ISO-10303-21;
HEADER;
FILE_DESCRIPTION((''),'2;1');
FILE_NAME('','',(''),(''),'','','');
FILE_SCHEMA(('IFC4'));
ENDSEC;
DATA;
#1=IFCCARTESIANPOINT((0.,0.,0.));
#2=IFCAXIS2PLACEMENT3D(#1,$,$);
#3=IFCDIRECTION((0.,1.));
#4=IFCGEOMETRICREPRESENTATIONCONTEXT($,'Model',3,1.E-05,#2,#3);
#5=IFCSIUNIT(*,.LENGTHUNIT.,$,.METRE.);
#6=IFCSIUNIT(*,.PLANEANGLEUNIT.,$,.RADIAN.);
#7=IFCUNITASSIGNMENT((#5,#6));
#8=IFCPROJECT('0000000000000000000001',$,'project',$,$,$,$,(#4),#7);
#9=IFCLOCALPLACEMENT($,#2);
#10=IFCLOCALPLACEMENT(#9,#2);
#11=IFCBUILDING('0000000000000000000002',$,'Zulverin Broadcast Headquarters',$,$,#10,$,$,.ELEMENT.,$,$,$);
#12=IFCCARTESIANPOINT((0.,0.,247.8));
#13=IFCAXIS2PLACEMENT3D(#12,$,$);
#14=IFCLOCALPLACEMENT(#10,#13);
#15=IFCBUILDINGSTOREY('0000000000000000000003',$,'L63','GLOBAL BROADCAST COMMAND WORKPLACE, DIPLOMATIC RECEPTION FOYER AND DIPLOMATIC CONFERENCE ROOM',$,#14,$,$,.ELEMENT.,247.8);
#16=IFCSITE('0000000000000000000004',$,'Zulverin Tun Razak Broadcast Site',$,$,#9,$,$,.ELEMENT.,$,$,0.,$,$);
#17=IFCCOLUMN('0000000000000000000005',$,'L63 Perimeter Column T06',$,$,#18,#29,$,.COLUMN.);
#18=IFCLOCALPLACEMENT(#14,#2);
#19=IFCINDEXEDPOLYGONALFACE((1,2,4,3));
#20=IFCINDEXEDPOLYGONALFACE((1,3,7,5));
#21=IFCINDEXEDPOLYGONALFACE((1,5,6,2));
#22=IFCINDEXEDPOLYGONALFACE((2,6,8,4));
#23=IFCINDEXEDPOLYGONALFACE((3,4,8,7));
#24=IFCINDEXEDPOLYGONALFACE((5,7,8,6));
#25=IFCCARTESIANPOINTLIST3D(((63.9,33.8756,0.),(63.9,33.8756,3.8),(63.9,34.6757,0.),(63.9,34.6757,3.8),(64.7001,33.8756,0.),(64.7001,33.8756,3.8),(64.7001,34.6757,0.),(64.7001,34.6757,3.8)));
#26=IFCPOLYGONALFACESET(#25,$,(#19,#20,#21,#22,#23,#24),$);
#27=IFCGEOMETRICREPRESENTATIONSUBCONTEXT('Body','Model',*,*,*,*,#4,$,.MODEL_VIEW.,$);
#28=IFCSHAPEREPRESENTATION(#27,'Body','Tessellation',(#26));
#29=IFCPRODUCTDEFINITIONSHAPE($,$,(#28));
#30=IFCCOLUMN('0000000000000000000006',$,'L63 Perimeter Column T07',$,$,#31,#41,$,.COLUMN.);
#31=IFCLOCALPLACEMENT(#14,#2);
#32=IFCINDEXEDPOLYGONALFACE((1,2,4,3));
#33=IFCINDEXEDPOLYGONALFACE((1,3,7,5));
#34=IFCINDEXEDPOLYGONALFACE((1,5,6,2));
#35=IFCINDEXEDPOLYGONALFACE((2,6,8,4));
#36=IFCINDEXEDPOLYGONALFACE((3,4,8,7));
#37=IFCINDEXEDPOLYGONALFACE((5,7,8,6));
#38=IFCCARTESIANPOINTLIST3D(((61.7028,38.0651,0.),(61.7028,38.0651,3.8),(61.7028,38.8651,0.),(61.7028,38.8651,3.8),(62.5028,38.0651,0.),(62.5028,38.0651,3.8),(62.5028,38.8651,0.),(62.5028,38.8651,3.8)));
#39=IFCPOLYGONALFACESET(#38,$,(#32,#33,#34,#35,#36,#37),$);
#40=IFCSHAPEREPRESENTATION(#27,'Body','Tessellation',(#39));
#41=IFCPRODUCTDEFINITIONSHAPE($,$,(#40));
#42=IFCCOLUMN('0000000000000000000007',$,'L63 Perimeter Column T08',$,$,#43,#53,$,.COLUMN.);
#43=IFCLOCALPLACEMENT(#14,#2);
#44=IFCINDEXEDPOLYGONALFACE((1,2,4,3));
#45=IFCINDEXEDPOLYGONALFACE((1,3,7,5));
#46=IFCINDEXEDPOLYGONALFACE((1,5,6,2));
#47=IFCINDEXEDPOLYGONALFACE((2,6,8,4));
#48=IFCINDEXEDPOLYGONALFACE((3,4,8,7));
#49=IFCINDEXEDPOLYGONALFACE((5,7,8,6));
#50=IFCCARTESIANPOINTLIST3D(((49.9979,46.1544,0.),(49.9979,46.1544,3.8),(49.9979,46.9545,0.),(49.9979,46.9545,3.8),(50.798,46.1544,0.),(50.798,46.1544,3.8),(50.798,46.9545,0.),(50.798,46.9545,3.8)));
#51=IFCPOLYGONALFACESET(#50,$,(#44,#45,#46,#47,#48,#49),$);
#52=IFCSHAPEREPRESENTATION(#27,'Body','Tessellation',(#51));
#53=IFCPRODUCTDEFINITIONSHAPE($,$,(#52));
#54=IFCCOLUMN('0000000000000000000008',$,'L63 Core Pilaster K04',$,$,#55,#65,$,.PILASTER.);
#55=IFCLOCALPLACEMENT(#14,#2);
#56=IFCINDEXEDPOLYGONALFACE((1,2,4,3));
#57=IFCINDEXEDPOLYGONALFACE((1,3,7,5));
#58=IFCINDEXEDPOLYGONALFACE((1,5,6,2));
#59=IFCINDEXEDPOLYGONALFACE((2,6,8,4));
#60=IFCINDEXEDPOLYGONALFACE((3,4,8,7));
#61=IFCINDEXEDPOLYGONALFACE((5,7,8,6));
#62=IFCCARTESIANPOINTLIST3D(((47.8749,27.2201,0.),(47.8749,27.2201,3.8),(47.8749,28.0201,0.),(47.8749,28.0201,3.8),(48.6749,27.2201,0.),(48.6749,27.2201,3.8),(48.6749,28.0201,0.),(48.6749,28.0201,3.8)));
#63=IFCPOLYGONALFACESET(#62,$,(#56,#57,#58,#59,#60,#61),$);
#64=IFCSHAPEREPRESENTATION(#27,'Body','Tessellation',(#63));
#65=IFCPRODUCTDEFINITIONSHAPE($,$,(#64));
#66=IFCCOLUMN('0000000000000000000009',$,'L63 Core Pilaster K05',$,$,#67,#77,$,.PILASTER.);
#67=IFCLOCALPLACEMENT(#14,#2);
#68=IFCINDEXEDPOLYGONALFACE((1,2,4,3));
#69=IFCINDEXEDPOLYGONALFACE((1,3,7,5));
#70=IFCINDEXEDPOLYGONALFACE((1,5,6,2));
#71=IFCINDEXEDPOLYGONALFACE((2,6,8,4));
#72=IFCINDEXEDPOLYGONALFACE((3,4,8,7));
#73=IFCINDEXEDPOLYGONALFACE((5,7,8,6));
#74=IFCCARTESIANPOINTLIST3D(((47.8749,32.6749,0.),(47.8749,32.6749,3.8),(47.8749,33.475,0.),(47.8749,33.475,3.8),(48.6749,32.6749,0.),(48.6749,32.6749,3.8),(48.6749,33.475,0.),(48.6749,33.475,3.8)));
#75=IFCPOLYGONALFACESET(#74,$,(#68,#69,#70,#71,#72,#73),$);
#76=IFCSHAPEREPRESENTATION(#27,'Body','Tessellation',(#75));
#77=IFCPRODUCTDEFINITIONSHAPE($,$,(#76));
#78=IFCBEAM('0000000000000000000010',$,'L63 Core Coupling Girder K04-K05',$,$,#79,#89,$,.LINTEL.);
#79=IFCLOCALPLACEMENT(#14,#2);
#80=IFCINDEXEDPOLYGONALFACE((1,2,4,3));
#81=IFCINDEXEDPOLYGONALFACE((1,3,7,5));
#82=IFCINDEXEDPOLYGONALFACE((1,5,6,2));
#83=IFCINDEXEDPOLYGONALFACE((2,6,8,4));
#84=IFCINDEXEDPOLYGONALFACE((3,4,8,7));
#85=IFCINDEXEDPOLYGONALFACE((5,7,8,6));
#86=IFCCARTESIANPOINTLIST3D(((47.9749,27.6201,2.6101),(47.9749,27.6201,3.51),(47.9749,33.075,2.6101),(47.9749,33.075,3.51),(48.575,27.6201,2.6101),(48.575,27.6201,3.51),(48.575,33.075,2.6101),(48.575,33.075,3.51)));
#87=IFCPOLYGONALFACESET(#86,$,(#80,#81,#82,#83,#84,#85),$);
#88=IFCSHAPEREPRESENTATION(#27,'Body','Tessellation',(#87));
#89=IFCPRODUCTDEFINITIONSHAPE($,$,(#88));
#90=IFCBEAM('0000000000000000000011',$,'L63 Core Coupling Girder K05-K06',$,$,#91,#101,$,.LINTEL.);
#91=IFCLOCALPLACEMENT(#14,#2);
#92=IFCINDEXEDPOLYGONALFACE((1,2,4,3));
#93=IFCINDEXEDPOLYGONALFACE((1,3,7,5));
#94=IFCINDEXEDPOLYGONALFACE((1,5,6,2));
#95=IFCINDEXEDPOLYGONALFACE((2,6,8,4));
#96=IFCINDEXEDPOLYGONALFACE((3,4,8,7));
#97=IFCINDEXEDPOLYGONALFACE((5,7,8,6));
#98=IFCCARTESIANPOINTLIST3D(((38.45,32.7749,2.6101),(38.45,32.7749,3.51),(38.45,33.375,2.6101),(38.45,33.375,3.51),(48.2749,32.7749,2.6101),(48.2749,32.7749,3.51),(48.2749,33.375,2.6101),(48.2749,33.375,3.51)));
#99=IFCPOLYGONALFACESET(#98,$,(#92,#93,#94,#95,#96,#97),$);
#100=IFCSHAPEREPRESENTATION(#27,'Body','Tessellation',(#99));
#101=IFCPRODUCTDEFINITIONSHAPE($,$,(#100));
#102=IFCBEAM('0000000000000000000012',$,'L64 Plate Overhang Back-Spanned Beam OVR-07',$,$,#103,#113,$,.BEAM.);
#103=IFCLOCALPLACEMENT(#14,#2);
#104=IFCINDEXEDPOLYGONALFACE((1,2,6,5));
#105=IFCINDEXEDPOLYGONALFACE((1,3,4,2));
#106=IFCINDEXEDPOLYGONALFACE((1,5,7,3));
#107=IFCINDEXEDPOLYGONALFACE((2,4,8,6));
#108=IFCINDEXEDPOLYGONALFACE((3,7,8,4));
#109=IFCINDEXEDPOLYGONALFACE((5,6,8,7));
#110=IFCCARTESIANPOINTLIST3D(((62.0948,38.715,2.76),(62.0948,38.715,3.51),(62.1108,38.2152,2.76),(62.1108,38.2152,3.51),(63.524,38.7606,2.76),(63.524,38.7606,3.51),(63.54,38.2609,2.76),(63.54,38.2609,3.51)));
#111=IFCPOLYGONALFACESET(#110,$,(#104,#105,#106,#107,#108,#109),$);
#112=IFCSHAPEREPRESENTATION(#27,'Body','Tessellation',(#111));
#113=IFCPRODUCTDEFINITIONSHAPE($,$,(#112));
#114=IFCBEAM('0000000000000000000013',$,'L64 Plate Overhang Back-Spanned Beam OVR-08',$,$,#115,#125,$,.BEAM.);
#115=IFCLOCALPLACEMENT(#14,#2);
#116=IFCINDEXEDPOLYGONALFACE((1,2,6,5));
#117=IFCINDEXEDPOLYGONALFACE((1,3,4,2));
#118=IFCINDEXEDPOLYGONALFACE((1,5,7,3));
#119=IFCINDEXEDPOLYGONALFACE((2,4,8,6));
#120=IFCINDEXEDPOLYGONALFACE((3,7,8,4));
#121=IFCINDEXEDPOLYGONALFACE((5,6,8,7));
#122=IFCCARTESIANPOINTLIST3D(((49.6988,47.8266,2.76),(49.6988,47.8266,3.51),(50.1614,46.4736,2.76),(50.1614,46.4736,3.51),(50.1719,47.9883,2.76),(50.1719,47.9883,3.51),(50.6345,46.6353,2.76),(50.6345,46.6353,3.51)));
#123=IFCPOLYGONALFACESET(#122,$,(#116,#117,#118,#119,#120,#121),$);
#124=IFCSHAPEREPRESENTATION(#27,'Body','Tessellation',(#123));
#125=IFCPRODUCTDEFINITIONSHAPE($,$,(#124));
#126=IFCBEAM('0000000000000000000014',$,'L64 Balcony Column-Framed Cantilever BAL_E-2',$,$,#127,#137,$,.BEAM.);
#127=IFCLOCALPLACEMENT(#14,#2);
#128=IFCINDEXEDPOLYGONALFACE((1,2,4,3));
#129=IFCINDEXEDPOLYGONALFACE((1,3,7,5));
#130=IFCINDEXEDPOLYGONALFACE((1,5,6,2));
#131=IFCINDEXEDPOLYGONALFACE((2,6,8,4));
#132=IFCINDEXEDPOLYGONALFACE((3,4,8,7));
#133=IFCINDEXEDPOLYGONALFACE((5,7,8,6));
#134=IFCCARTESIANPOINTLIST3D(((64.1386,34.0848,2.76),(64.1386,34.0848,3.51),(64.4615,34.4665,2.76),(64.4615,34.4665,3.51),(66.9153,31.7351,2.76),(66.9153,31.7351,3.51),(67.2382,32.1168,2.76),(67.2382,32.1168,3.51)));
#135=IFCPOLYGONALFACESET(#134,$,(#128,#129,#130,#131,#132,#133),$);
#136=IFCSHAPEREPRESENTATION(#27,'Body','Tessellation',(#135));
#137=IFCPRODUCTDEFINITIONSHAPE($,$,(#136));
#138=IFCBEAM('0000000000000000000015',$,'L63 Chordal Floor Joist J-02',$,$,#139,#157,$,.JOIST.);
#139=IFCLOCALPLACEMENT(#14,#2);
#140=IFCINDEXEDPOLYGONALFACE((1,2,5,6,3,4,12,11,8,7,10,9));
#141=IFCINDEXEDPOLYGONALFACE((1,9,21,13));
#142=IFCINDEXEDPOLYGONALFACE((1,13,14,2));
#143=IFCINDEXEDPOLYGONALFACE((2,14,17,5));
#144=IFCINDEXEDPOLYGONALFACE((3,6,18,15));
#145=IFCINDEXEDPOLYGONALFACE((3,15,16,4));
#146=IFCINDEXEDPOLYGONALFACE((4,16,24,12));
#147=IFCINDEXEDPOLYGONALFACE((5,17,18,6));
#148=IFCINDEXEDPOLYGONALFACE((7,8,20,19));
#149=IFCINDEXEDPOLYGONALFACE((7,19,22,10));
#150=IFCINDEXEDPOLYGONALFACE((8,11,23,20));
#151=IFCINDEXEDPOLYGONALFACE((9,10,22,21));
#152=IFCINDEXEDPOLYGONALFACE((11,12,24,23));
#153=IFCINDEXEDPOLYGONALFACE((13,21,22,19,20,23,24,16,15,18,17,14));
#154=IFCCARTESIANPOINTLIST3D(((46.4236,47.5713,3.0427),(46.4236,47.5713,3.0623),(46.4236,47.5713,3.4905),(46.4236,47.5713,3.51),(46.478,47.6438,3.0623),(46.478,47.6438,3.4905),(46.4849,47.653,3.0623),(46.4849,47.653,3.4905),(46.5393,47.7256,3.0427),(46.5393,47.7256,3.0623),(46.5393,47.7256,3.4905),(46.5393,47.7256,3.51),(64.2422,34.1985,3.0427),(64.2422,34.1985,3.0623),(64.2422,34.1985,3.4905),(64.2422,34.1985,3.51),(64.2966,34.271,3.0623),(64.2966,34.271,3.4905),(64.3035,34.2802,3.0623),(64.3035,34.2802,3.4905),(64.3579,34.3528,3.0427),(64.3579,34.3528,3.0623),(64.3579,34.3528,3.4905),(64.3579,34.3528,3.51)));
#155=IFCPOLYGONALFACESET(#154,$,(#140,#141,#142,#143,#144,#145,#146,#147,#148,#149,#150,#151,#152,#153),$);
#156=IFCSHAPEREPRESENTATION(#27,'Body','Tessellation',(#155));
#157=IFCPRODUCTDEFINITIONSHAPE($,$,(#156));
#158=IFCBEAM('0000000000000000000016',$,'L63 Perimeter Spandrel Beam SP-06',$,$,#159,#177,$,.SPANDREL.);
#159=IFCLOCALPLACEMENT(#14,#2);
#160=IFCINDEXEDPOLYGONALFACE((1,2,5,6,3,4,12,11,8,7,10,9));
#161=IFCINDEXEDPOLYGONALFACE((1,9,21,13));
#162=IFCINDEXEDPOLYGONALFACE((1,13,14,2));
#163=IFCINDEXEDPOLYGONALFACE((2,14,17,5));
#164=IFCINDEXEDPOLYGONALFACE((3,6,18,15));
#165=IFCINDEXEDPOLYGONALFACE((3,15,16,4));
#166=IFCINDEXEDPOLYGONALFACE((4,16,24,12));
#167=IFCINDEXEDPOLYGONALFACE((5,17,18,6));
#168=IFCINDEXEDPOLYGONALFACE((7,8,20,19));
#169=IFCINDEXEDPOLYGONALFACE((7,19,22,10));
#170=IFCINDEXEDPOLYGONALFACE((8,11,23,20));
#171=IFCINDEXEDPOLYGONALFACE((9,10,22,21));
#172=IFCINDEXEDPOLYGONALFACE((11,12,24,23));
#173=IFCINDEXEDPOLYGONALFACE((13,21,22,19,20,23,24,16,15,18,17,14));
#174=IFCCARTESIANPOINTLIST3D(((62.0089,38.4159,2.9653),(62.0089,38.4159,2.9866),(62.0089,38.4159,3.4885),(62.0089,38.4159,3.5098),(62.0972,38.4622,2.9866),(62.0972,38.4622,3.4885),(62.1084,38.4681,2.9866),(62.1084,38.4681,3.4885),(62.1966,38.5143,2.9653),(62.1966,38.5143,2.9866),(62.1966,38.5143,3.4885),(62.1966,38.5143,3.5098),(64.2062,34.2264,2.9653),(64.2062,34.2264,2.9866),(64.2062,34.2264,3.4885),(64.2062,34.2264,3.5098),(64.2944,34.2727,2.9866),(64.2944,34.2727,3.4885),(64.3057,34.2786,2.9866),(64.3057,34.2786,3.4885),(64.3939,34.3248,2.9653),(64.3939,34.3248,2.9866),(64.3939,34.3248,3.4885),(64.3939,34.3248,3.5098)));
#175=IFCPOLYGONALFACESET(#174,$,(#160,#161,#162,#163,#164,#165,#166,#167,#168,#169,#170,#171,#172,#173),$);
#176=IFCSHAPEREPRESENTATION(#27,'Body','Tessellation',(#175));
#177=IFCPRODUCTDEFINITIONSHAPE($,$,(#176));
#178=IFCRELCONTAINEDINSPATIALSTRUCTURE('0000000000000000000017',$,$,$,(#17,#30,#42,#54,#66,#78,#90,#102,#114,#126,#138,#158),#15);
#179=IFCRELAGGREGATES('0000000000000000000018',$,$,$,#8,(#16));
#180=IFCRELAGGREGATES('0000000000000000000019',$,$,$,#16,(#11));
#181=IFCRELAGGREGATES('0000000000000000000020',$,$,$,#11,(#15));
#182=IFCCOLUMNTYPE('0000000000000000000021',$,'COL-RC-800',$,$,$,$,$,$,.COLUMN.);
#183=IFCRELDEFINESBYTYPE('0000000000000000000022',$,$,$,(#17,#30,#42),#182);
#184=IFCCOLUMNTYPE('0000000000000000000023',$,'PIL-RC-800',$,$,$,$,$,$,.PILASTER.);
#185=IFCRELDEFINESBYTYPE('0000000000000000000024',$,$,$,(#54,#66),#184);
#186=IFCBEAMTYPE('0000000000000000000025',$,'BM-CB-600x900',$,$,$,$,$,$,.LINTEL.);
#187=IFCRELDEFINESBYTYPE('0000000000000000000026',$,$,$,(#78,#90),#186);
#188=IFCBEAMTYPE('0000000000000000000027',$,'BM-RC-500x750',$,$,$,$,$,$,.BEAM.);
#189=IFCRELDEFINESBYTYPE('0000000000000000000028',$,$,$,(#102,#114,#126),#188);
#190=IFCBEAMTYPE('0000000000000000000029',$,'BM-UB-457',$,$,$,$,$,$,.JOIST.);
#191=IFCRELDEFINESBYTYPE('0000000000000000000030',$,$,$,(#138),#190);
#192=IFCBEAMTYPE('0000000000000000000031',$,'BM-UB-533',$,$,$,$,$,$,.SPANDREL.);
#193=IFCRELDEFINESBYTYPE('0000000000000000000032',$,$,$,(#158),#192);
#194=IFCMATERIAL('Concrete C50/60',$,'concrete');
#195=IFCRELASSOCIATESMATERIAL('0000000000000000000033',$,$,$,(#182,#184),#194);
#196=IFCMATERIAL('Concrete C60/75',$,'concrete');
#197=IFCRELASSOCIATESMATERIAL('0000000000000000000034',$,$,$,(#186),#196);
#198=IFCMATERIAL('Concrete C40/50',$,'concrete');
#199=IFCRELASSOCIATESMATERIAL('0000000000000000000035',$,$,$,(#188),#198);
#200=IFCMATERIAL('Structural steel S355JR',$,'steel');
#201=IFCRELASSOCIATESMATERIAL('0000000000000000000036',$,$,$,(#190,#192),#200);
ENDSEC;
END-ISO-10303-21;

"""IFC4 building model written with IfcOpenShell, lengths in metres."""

from ifc_helpers import new_model, si_unit, direction, frame, origin, origin_2d, place, context, subcontext, project, spatial, rectangle, i_section, extrude, material, material_profile, profile_set, type_object, element, save


model = new_model("IFC4")

# Units and contexts
model_context = context("Model", 3, precision=1e-05, world=origin(), true_north=direction((0.0, 1.0)))
body_context = subcontext(model_context, "Body", "Model", "MODEL_VIEW")
ifc_project = project(units=[si_unit("LENGTHUNIT", "METRE"), si_unit("PLANEANGLEUNIT", "RADIAN")], contexts=[model_context])

# Site, building, storey
site_placement = place(None, origin())
site = spatial("IfcSite", under=ifc_project, at=site_placement, Name="Zulverin Tun Razak Broadcast Site", CompositionType="ELEMENT", RefElevation=0.0)
building_placement = place(site_placement, origin())
building = spatial("IfcBuilding", under=site, at=building_placement, Name="Zulverin Broadcast Headquarters", CompositionType="ELEMENT")
storey_placement = place(building_placement, frame((0.0, 0.0, 247.8)))
storey = spatial("IfcBuildingStorey", under=building, at=storey_placement, Name="L63", Description="GLOBAL BROADCAST COMMAND WORKPLACE, DIPLOMATIC RECEPTION FOYER AND DIPLOMATIC CONFERENCE ROOM", CompositionType="ELEMENT", Elevation=247.8)

# Columns
ifc_material_1 = material(Name="Concrete C50/60", Category="concrete")
ifc_material_profile_1 = material_profile(ifc_material_1, rectangle(XDim=0.8, YDim=0.8, at=origin_2d()), Name="Concrete C50/60", Category="concrete")
ifc_profile_set_1 = profile_set([ifc_material_profile_1], Name="Concrete C50/60")
column_type_1 = type_object("IfcColumnType", Name="COL-RC-800", PredefinedType="COLUMN", material=ifc_profile_set_1)
for number, where, z_axis, x_axis, name in (
    (1, (64.3, 34.2756, 0.0), (0.0, 0.0, 1.0), (1.0, 0.0, 0.0), "L63 Perimeter Column T06"),
    (2, (62.1028, 38.4651, 0.0), (0.0, 0.0, 1.0), (1.0, 0.0, 0.0), "L63 Perimeter Column T07"),
    (3, (50.3979, 46.5544, 0.0), (0.0, 0.0, 1.0), (1.0, 0.0, 0.0), "L63 Perimeter Column T08"),
):
    element("IfcColumn", number, at=place(storey_placement, frame(where, z_axis=z_axis, x_axis=x_axis)), inside=storey, type_object=column_type_1, Name=name, PredefinedType="COLUMN", context=body_context, shape_type="SweptSolid", body=[
        extrude(rectangle(XDim=0.8, YDim=0.8, at=origin_2d()), origin(), (0.0, 0.0, 1.0), 3.8),
    ])
ifc_material_profile_2 = material_profile(ifc_material_1, rectangle(XDim=0.8, YDim=0.8, at=origin_2d()), Name="Concrete C50/60", Category="concrete")
ifc_profile_set_2 = profile_set([ifc_material_profile_2], Name="Concrete C50/60")
column_type_2 = type_object("IfcColumnType", Name="PIL-RC-800", PredefinedType="PILASTER", material=ifc_profile_set_2)
for number, where, z_axis, x_axis, name in (
    (4, (48.2749, 27.6201, 0.0), (0.0, 0.0, 1.0), (1.0, 0.0, 0.0), "L63 Core Pilaster K04"),
    (5, (48.2749, 33.075, 0.0), (0.0, 0.0, 1.0), (1.0, 0.0, 0.0), "L63 Core Pilaster K05"),
):
    element("IfcColumn", number, at=place(storey_placement, frame(where, z_axis=z_axis, x_axis=x_axis)), inside=storey, type_object=column_type_2, Name=name, PredefinedType="PILASTER", context=body_context, shape_type="SweptSolid", body=[
        extrude(rectangle(XDim=0.8, YDim=0.8, at=origin_2d()), origin(), (0.0, 0.0, 1.0), 3.8),
    ])

# Beams
ifc_material_2 = material(Name="Concrete C60/75", Category="concrete")
ifc_material_profile_3 = material_profile(ifc_material_2, rectangle(XDim=0.6001, YDim=0.8999, at=origin_2d()), Name="Concrete C60/75", Category="concrete")
ifc_profile_set_3 = profile_set([ifc_material_profile_3], Name="Concrete C60/75")
beam_type_1 = type_object("IfcBeamType", Name="BM-CB-600x900", PredefinedType="LINTEL", material=ifc_profile_set_3)
beam_1_placement = place(storey_placement, frame((48.2749, 27.6201, 3.0601), z_axis=(0.0, 1.0, 0.0), x_axis=(-1.0, 0.0, 0.0)))
element("IfcBeam", 6, at=beam_1_placement, inside=storey, type_object=beam_type_1, Name="L63 Core Coupling Girder K04-K05", PredefinedType="LINTEL", context=body_context, shape_type="SweptSolid", body=[
    extrude(rectangle(XDim=0.6001, YDim=0.8999, at=origin_2d()), origin(), (0.0, 0.0, 1.0), 5.4548),
])
beam_2_placement = place(storey_placement, frame((48.2749, 33.075, 3.0601), z_axis=(-1.0, 0.0, 0.0), x_axis=(0.0, -1.0, 0.0)))
element("IfcBeam", 7, at=beam_2_placement, inside=storey, type_object=beam_type_1, Name="L63 Core Coupling Girder K05-K06", PredefinedType="LINTEL", context=body_context, shape_type="SweptSolid", body=[
    extrude(rectangle(XDim=0.6001, YDim=0.8999, at=origin_2d()), origin(), (0.0, 0.0, 1.0), 9.825),
])
ifc_material_3 = material(Name="Concrete C40/50", Category="concrete")
ifc_material_profile_4 = material_profile(ifc_material_3, rectangle(XDim=0.5, YDim=0.75, at=origin_2d()), Name="Concrete C40/50", Category="concrete")
ifc_profile_set_4 = profile_set([ifc_material_profile_4], Name="Concrete C40/50")
beam_type_2 = type_object("IfcBeamType", Name="BM-RC-500x750", PredefinedType="BEAM", material=ifc_profile_set_4)
for number, where, z_axis, x_axis, name in (
    (8, (62.1028, 38.4651, 3.135), (0.99949, 0.031928, 0.0), (-0.031928, 0.99949, 0.0), "L64 Plate Overhang Back-Spanned Beam OVR-07"),
    (9, (50.3979, 46.5544, 3.135), (-0.323543, 0.946214, 0.0), (-0.946214, -0.323543, 0.0), "L64 Plate Overhang Back-Spanned Beam OVR-08"),
):
    element("IfcBeam", number, at=place(storey_placement, frame(where, z_axis=z_axis, x_axis=x_axis)), inside=storey, type_object=beam_type_2, Name=name, PredefinedType="BEAM", context=body_context, shape_type="SweptSolid", body=[
        extrude(rectangle(XDim=0.5, YDim=0.75, at=origin_2d()), origin(), (0.0, 0.0, 1.0), 1.4299),
    ])
beam_3_placement = place(storey_placement, frame((64.3, 34.2756, 3.135), z_axis=(0.763363, -0.645969, 0.0), x_axis=(0.645969, 0.763363, 0.0)))
element("IfcBeam", 10, at=beam_3_placement, inside=storey, type_object=beam_type_2, Name="L64 Balcony Column-Framed Cantilever BAL_E-2", PredefinedType="BEAM", context=body_context, shape_type="SweptSolid", body=[
    extrude(rectangle(XDim=0.5, YDim=0.75, at=origin_2d()), origin(), (0.0, 0.0, 1.0), 3.6375),
])
ifc_material_4 = material(Name="Structural steel S355JR", Category="steel")
ifc_material_profile_5 = material_profile(ifc_material_4, i_section(OverallWidth=0.1929, OverallDepth=0.4673, WebThickness=0.0115, FlangeThickness=0.0195, at=origin_2d()), Name="Structural steel S355JR", Category="steel")
ifc_profile_set_5 = profile_set([ifc_material_profile_5], Name="Structural steel S355JR")
beam_type_3 = type_object("IfcBeamType", Name="BM-UB-457", PredefinedType="JOIST", material=ifc_profile_set_5)
beam_4_placement = place(storey_placement, frame((64.3, 34.2756, 3.2764), z_axis=(-0.799809, 0.600254, 0.0), x_axis=(-0.600254, -0.799809, 0.0)))
element("IfcBeam", 11, at=beam_4_placement, inside=storey, type_object=beam_type_3, Name="L63 Chordal Floor Joist J-02", PredefinedType="JOIST", context=body_context, shape_type="SweptSolid", body=[
    extrude(i_section(OverallWidth=0.1929, OverallDepth=0.4673, WebThickness=0.0115, FlangeThickness=0.0195, at=origin_2d()), origin(), (0.0, 0.0, 1.0), 22.2786),
])
ifc_material_profile_6 = material_profile(ifc_material_4, i_section(OverallWidth=0.2119, OverallDepth=0.5444, WebThickness=0.0127, FlangeThickness=0.0212, at=origin_2d()), Name="Structural steel S355JR", Category="steel")
ifc_profile_set_6 = profile_set([ifc_material_profile_6], Name="Structural steel S355JR")
beam_type_4 = type_object("IfcBeamType", Name="BM-UB-533", PredefinedType="SPANDREL", material=ifc_profile_set_6)
beam_5_placement = place(storey_placement, frame((64.3, 34.2756, 3.2375), z_axis=(-0.46447, 0.885589, 0.0), x_axis=(-0.885589, -0.46447, 0.0)))
element("IfcBeam", 12, at=beam_5_placement, inside=storey, type_object=beam_type_4, Name="L63 Perimeter Spandrel Beam SP-06", PredefinedType="SPANDREL", context=body_context, shape_type="SweptSolid", body=[
    extrude(i_section(OverallWidth=0.2119, OverallDepth=0.5444, WebThickness=0.0127, FlangeThickness=0.0212, at=origin_2d()), origin(), (0.0, 0.0, 1.0), 4.7307),
])

save(model, "model.ifc")
